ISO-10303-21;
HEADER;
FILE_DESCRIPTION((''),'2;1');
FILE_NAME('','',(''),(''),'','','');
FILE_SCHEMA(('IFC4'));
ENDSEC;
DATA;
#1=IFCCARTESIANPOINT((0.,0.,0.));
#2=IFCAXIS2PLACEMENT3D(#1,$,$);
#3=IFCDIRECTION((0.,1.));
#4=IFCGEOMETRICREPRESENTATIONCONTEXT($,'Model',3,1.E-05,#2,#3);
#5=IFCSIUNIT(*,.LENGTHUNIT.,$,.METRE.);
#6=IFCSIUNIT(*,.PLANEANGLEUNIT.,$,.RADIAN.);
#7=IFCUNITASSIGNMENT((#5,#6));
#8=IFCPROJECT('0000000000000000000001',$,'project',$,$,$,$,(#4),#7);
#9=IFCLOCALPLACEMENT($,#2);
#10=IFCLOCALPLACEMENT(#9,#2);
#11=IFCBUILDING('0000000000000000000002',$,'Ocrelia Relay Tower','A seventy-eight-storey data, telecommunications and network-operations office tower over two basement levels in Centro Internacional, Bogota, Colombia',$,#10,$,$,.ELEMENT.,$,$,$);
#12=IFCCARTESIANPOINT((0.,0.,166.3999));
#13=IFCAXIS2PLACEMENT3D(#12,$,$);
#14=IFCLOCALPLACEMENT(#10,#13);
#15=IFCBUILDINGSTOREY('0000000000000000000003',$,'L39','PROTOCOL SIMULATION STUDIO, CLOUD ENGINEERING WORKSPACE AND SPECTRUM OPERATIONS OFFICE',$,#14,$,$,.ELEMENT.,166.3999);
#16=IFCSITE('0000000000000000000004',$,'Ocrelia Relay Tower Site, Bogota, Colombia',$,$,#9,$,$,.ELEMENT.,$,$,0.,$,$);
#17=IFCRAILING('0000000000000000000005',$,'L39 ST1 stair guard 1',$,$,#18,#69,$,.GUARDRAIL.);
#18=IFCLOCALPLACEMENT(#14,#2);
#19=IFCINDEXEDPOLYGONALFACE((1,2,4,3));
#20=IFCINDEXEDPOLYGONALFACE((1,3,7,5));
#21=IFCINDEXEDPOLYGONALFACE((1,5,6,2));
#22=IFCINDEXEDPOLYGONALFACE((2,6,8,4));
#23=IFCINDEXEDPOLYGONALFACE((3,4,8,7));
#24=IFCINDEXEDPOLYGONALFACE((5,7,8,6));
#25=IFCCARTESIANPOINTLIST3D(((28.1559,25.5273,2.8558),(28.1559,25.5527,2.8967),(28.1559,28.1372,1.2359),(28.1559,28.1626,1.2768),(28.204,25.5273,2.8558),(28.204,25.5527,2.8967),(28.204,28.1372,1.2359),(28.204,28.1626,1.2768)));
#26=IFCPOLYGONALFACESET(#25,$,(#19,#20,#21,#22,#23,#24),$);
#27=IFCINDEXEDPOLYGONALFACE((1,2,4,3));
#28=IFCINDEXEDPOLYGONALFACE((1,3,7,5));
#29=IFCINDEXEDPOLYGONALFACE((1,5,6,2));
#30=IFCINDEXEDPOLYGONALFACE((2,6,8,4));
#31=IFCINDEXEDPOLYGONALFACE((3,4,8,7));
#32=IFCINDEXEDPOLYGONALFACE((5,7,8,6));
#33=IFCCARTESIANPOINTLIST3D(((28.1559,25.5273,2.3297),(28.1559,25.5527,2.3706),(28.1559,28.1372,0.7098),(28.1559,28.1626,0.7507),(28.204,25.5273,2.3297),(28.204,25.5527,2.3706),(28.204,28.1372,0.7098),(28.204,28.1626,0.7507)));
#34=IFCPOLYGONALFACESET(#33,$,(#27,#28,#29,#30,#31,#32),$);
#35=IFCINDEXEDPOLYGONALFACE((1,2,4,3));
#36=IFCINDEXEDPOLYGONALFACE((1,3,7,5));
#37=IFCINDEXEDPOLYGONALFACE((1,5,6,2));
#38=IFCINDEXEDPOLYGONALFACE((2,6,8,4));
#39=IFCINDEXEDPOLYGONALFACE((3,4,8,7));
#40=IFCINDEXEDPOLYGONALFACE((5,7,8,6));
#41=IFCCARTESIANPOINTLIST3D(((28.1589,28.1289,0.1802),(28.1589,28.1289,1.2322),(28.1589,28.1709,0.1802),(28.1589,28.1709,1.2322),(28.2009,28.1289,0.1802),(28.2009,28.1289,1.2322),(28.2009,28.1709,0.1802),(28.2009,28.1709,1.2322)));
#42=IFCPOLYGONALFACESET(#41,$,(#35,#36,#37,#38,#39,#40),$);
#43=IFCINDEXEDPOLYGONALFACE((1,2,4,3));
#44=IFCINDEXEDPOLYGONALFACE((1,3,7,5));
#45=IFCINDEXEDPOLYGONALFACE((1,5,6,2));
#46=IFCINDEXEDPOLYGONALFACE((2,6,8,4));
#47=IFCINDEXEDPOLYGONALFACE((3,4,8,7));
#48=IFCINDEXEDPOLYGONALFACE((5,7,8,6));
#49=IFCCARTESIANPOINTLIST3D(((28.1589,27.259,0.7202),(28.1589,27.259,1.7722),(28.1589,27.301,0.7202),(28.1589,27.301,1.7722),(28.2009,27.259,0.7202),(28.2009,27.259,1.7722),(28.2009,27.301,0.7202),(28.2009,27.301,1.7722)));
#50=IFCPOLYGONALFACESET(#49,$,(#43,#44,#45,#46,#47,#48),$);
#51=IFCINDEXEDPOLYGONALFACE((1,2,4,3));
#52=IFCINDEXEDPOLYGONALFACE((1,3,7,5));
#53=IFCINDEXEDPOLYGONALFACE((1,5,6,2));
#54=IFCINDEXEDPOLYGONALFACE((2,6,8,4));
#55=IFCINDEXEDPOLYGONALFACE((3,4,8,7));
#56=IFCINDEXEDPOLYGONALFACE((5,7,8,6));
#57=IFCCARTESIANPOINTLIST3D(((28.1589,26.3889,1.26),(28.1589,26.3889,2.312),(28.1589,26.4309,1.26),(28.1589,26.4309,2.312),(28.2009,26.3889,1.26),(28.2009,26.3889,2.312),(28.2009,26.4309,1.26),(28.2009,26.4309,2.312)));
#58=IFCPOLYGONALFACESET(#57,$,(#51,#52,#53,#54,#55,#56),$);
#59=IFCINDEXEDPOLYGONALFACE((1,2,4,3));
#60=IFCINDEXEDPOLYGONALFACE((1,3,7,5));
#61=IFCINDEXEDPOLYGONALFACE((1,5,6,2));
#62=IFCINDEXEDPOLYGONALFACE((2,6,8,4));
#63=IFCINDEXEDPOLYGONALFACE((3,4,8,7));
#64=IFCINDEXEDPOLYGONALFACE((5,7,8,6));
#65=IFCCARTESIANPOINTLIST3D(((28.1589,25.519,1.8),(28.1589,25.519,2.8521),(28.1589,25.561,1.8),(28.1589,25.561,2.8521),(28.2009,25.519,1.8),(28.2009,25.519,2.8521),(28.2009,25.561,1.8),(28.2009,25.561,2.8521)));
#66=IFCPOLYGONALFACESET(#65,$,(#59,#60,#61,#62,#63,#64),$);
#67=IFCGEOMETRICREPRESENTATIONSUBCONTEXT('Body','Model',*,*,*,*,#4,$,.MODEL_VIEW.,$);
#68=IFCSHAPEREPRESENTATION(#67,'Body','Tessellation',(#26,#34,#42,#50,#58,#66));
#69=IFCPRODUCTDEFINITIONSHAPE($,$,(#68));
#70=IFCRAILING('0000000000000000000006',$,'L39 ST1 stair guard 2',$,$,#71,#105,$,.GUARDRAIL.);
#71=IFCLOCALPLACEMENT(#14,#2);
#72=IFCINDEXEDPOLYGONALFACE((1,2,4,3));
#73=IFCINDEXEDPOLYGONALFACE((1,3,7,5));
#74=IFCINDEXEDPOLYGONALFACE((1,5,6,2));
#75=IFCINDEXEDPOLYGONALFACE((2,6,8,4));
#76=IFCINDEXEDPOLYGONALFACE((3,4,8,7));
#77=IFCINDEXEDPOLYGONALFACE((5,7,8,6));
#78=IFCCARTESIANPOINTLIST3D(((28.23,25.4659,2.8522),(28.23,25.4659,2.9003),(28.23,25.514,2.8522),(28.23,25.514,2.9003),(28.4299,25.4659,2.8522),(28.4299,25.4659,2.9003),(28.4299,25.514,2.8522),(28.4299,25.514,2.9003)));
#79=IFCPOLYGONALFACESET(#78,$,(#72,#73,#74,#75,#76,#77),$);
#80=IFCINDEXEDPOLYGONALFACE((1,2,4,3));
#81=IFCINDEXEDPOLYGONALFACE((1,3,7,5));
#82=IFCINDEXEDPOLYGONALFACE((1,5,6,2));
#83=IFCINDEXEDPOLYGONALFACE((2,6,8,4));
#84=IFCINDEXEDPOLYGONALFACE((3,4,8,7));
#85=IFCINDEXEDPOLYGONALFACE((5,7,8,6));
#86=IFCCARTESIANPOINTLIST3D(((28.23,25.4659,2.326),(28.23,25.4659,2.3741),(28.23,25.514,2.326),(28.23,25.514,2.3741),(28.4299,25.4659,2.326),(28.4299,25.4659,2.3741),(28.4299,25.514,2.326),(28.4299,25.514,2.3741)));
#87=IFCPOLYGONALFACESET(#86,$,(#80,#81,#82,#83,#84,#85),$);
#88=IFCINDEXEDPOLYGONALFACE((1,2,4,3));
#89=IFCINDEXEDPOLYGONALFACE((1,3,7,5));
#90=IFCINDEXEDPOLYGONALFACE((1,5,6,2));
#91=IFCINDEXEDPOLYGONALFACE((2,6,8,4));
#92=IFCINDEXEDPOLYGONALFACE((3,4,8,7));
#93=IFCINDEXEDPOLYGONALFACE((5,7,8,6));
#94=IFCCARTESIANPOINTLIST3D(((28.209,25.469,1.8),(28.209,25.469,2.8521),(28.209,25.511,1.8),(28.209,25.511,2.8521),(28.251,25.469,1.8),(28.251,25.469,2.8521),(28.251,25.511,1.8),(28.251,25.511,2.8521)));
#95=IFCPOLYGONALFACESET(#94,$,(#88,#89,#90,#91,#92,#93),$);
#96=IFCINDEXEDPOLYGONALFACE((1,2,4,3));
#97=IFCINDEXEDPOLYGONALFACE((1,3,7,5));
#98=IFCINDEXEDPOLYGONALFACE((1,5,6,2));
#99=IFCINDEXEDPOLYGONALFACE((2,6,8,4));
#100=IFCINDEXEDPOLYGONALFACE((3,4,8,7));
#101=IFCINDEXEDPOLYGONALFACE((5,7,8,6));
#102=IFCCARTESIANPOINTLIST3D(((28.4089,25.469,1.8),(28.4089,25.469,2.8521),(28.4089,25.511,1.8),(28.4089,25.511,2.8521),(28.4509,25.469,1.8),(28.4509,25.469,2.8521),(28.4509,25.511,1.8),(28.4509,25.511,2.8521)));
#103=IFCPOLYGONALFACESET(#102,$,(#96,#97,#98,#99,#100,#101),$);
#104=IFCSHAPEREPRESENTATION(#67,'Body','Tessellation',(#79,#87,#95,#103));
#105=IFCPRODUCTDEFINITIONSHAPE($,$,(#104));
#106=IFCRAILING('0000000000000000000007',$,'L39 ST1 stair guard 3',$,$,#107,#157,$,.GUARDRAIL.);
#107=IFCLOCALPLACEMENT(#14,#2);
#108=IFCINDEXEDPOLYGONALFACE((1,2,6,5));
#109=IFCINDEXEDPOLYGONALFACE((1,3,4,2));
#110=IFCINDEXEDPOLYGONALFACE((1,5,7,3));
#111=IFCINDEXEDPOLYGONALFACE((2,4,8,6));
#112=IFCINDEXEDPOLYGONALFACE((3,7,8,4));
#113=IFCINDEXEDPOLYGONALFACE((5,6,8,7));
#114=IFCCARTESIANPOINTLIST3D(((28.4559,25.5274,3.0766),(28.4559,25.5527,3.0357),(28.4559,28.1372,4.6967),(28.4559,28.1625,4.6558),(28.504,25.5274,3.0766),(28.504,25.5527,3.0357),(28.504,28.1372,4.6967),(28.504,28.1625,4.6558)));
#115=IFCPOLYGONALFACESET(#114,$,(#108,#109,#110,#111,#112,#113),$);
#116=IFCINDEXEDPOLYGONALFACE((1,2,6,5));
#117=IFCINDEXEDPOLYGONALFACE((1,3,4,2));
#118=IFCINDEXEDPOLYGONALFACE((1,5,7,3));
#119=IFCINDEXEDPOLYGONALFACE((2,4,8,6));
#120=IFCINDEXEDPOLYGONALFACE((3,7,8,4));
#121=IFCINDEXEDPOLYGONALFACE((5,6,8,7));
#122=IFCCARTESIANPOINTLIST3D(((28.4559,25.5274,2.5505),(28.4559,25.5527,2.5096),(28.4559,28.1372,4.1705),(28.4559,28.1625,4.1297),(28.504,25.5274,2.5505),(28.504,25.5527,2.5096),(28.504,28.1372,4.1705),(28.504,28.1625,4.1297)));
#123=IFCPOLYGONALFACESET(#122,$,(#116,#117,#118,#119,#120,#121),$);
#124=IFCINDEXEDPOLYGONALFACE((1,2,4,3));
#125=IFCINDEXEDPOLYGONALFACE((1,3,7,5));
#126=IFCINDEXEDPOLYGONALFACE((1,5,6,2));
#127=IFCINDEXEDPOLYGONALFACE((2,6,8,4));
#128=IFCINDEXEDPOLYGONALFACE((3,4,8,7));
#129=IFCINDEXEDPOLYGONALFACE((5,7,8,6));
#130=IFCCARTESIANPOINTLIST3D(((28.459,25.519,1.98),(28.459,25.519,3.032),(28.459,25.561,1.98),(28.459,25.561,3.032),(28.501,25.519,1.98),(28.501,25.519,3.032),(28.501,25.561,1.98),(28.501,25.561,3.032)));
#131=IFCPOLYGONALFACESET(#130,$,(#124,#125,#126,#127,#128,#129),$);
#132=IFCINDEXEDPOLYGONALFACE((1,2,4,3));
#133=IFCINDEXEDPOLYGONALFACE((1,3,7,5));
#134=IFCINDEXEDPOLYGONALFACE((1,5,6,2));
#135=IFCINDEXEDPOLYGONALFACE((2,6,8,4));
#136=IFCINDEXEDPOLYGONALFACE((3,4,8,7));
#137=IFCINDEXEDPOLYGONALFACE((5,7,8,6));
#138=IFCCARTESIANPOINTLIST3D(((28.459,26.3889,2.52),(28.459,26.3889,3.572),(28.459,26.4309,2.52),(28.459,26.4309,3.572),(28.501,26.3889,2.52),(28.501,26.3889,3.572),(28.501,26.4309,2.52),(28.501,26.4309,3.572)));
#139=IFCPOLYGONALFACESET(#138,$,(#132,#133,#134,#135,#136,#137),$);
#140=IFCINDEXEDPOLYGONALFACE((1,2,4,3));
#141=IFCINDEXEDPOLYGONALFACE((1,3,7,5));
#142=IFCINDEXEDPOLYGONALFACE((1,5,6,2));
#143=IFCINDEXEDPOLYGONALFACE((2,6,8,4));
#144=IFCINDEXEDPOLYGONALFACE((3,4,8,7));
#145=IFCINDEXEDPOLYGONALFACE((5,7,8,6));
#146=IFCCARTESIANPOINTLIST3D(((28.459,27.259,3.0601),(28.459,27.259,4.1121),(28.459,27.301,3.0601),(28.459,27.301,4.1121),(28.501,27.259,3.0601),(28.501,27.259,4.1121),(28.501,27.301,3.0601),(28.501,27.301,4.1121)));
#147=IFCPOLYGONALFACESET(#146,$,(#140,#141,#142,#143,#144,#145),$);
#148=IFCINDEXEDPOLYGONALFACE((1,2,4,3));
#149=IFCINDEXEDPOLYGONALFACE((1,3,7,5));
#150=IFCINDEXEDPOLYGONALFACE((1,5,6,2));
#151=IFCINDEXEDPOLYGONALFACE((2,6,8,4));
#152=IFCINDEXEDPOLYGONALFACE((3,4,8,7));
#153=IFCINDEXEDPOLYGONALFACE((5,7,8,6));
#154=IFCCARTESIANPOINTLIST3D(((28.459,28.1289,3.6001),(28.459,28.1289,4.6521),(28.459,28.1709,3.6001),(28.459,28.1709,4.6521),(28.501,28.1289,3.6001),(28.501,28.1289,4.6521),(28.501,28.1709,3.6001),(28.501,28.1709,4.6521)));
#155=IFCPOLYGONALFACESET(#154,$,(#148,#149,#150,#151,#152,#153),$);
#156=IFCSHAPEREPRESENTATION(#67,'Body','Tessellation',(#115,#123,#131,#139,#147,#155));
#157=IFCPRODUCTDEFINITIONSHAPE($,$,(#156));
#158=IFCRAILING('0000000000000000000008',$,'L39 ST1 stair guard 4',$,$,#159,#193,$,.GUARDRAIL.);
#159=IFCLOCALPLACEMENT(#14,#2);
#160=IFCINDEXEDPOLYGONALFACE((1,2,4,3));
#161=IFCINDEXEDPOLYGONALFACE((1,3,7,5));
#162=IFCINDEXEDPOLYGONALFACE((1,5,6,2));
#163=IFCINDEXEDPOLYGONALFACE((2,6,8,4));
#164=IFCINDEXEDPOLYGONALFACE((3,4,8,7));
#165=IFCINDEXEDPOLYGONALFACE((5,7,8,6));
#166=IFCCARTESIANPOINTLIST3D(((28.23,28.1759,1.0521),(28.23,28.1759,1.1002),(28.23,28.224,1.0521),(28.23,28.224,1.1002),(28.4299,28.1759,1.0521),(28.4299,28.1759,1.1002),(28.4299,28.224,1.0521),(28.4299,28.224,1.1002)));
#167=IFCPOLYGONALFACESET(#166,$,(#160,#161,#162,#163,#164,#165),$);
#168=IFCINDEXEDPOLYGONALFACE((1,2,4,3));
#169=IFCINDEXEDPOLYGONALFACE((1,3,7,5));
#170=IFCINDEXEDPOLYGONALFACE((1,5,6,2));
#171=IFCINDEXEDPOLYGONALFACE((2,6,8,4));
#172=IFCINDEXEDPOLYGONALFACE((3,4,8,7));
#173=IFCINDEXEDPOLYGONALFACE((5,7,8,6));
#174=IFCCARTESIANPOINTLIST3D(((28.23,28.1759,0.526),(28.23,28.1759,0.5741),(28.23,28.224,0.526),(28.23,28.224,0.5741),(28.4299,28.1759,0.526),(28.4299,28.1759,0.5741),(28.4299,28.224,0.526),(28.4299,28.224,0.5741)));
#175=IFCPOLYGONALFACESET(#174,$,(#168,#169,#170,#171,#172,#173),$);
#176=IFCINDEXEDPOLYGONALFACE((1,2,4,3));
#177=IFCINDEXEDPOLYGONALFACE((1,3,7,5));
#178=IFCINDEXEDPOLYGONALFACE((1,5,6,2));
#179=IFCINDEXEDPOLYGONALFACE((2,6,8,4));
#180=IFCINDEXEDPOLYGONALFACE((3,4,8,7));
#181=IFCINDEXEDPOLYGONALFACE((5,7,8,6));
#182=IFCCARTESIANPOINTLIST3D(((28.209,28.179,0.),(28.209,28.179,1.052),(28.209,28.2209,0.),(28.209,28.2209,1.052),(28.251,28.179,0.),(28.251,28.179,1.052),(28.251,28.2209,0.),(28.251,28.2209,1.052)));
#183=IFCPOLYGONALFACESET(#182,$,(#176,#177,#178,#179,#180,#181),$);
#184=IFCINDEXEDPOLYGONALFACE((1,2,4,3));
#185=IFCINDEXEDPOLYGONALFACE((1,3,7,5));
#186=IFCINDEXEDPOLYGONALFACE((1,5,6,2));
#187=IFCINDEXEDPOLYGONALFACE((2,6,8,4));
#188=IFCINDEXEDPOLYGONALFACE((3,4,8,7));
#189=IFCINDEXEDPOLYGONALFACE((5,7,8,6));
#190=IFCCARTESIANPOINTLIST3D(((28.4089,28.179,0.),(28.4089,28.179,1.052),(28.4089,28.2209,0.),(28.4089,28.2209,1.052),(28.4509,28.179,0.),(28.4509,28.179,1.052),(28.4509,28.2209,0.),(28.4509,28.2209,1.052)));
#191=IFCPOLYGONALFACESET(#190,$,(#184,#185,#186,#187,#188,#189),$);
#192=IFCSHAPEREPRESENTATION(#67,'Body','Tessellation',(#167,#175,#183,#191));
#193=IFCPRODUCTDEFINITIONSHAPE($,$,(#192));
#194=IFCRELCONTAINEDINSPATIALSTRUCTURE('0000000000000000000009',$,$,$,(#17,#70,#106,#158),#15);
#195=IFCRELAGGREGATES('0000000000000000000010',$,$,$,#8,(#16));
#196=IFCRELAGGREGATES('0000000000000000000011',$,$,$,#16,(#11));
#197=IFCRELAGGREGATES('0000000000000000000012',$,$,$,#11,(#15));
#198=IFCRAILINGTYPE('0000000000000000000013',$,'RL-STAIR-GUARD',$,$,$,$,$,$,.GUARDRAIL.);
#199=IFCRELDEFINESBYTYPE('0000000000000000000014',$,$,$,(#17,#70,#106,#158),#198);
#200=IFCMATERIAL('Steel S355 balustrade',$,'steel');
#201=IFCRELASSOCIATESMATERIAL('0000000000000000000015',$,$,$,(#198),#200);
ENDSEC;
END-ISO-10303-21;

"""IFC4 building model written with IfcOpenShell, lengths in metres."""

from ifc_helpers import new_model, si_unit, direction, frame, origin, origin_2d, place, context, subcontext, project, spatial, rectangle, extrude, material, type_object, element, save


model = new_model("IFC4")

# Units and contexts
model_context = context("Model", 3, precision=1e-05, world=origin(), true_north=direction((0.0, 1.0)))
body_context = subcontext(model_context, "Body", "Model", "MODEL_VIEW")
ifc_project = project(units=[si_unit("LENGTHUNIT", "METRE"), si_unit("PLANEANGLEUNIT", "RADIAN")], contexts=[model_context])

# Site, building, storey
site_placement = place(None, origin())
site = spatial("IfcSite", under=ifc_project, at=site_placement, Name="Ocrelia Relay Tower Site, Bogota, Colombia", CompositionType="ELEMENT", RefElevation=0.0)
building_placement = place(site_placement, origin())
building = spatial("IfcBuilding", under=site, at=building_placement, Name="Ocrelia Relay Tower", Description="A seventy-eight-storey data, telecommunications and network-operations office tower over two basement levels in Centro Internacional, Bogota, Colombia", CompositionType="ELEMENT")
storey_placement = place(building_placement, frame((0.0, 0.0, 166.3999)))
storey = spatial("IfcBuildingStorey", under=building, at=storey_placement, Name="L39", Description="PROTOCOL SIMULATION STUDIO, CLOUD ENGINEERING WORKSPACE AND SPECTRUM OPERATIONS OFFICE", CompositionType="ELEMENT", Elevation=166.3999)

# Railings
ifc_material_1 = material(Name="Steel S355 balustrade", Category="steel")
railing_type_1 = type_object("IfcRailingType", Name="RL-STAIR-GUARD", PredefinedType="GUARDRAIL", material=ifc_material_1)
railing_1_placement = place(storey_placement, frame((28.1799, 28.1499, 0.1802)))
element("IfcRailing", 1, at=railing_1_placement, inside=storey, type_object=railing_type_1, Name="L39 ST1 stair guard 1", PredefinedType="GUARDRAIL", context=body_context, shape_type="SweptSolid", body=[
    extrude(rectangle(XDim=0.0481, YDim=0.0481, at=origin_2d()), frame((0.0, 0.0, 1.0762), z_axis=(0.0, -0.849646, 0.527353), x_axis=(1.0, 0.0, 0.0)), (0.0, 0.0, 1.0), 3.0718),
    extrude(rectangle(XDim=0.0481, YDim=0.0481, at=origin_2d()), frame((0.0, 0.0, 0.55), z_axis=(0.0, -0.849646, 0.527353), x_axis=(1.0, 0.0, 0.0)), (0.0, 0.0, 1.0), 3.0718),
    extrude(rectangle(XDim=0.042, YDim=0.042, at=origin_2d()), origin(), (0.0, 0.0, 1.0), 1.052),
    extrude(rectangle(XDim=0.042, YDim=0.042, at=origin_2d()), frame((0.0, -0.8699, 0.54)), (0.0, 0.0, 1.0), 1.052),
    extrude(rectangle(XDim=0.042, YDim=0.042, at=origin_2d()), frame((0.0, -1.74, 1.0798)), (0.0, 0.0, 1.0), 1.052),
    extrude(rectangle(XDim=0.042, YDim=0.042, at=origin_2d()), frame((0.0, -2.6099, 1.6199)), (0.0, 0.0, 1.0), 1.052),
])
railing_2_placement = place(storey_placement, frame((28.23, 25.49, 1.8)))
element("IfcRailing", 2, at=railing_2_placement, inside=storey, type_object=railing_type_1, Name="L39 ST1 stair guard 2", PredefinedType="GUARDRAIL", context=body_context, shape_type="SweptSolid", body=[
    extrude(rectangle(XDim=0.0481, YDim=0.0481, at=origin_2d()), frame((0.0, 0.0, 1.0762), z_axis=(1.0, 0.0, 0.0), x_axis=(0.0, 1.0, 0.0)), (0.0, 0.0, 1.0), 0.2),
    extrude(rectangle(XDim=0.0481, YDim=0.0481, at=origin_2d()), frame((0.0, 0.0, 0.55), z_axis=(1.0, 0.0, 0.0), x_axis=(0.0, 1.0, 0.0)), (0.0, 0.0, 1.0), 0.2),
    extrude(rectangle(XDim=0.042, YDim=0.042, at=origin_2d()), origin(), (0.0, 0.0, 1.0), 1.052),
    extrude(rectangle(XDim=0.042, YDim=0.042, at=origin_2d()), frame((0.2, 0.0, 0.0)), (0.0, 0.0, 1.0), 1.052),
])
railing_3_placement = place(storey_placement, frame((28.48, 25.54, 1.98)))
element("IfcRailing", 3, at=railing_3_placement, inside=storey, type_object=railing_type_1, Name="L39 ST1 stair guard 3", PredefinedType="GUARDRAIL", context=body_context, shape_type="SweptSolid", body=[
    extrude(rectangle(XDim=0.0481, YDim=0.0481, at=origin_2d()), frame((0.0, 0.0, 1.0762), z_axis=(0.0, 0.849611, 0.52741), x_axis=(-1.0, 0.0, 0.0)), (0.0, 0.0, 1.0), 3.0718),
    extrude(rectangle(XDim=0.0481, YDim=0.0481, at=origin_2d()), frame((0.0, 0.0, 0.55), z_axis=(0.0, 0.849611, 0.52741), x_axis=(-1.0, 0.0, 0.0)), (0.0, 0.0, 1.0), 3.0718),
    extrude(rectangle(XDim=0.042, YDim=0.042, at=origin_2d()), origin(), (0.0, 0.0, 1.0), 1.052),
    extrude(rectangle(XDim=0.042, YDim=0.042, at=origin_2d()), frame((0.0, 0.8699, 0.54)), (0.0, 0.0, 1.0), 1.052),
    extrude(rectangle(XDim=0.042, YDim=0.042, at=origin_2d()), frame((0.0, 1.74, 1.0801)), (0.0, 0.0, 1.0), 1.052),
    extrude(rectangle(XDim=0.042, YDim=0.042, at=origin_2d()), frame((0.0, 2.6099, 1.6201)), (0.0, 0.0, 1.0), 1.052),
])
railing_4_placement = place(storey_placement, frame((28.23, 28.2, 0.0)))
element("IfcRailing", 4, at=railing_4_placement, inside=storey, type_object=railing_type_1, Name="L39 ST1 stair guard 4", PredefinedType="GUARDRAIL", context=body_context, shape_type="SweptSolid", body=[
    extrude(rectangle(XDim=0.0481, YDim=0.0481, at=origin_2d()), frame((0.0, 0.0, 1.0762), z_axis=(1.0, 0.0, 0.0), x_axis=(0.0, 1.0, 0.0)), (0.0, 0.0, 1.0), 0.2),
    extrude(rectangle(XDim=0.0481, YDim=0.0481, at=origin_2d()), frame((0.0, 0.0, 0.55), z_axis=(1.0, 0.0, 0.0), x_axis=(0.0, 1.0, 0.0)), (0.0, 0.0, 1.0), 0.2),
    extrude(rectangle(XDim=0.042, YDim=0.042, at=origin_2d()), origin(), (0.0, 0.0, 1.0), 1.052),
    extrude(rectangle(XDim=0.042, YDim=0.042, at=origin_2d()), frame((0.2, 0.0, 0.0)), (0.0, 0.0, 1.0), 1.052),
])

save(model, "model.ifc")
